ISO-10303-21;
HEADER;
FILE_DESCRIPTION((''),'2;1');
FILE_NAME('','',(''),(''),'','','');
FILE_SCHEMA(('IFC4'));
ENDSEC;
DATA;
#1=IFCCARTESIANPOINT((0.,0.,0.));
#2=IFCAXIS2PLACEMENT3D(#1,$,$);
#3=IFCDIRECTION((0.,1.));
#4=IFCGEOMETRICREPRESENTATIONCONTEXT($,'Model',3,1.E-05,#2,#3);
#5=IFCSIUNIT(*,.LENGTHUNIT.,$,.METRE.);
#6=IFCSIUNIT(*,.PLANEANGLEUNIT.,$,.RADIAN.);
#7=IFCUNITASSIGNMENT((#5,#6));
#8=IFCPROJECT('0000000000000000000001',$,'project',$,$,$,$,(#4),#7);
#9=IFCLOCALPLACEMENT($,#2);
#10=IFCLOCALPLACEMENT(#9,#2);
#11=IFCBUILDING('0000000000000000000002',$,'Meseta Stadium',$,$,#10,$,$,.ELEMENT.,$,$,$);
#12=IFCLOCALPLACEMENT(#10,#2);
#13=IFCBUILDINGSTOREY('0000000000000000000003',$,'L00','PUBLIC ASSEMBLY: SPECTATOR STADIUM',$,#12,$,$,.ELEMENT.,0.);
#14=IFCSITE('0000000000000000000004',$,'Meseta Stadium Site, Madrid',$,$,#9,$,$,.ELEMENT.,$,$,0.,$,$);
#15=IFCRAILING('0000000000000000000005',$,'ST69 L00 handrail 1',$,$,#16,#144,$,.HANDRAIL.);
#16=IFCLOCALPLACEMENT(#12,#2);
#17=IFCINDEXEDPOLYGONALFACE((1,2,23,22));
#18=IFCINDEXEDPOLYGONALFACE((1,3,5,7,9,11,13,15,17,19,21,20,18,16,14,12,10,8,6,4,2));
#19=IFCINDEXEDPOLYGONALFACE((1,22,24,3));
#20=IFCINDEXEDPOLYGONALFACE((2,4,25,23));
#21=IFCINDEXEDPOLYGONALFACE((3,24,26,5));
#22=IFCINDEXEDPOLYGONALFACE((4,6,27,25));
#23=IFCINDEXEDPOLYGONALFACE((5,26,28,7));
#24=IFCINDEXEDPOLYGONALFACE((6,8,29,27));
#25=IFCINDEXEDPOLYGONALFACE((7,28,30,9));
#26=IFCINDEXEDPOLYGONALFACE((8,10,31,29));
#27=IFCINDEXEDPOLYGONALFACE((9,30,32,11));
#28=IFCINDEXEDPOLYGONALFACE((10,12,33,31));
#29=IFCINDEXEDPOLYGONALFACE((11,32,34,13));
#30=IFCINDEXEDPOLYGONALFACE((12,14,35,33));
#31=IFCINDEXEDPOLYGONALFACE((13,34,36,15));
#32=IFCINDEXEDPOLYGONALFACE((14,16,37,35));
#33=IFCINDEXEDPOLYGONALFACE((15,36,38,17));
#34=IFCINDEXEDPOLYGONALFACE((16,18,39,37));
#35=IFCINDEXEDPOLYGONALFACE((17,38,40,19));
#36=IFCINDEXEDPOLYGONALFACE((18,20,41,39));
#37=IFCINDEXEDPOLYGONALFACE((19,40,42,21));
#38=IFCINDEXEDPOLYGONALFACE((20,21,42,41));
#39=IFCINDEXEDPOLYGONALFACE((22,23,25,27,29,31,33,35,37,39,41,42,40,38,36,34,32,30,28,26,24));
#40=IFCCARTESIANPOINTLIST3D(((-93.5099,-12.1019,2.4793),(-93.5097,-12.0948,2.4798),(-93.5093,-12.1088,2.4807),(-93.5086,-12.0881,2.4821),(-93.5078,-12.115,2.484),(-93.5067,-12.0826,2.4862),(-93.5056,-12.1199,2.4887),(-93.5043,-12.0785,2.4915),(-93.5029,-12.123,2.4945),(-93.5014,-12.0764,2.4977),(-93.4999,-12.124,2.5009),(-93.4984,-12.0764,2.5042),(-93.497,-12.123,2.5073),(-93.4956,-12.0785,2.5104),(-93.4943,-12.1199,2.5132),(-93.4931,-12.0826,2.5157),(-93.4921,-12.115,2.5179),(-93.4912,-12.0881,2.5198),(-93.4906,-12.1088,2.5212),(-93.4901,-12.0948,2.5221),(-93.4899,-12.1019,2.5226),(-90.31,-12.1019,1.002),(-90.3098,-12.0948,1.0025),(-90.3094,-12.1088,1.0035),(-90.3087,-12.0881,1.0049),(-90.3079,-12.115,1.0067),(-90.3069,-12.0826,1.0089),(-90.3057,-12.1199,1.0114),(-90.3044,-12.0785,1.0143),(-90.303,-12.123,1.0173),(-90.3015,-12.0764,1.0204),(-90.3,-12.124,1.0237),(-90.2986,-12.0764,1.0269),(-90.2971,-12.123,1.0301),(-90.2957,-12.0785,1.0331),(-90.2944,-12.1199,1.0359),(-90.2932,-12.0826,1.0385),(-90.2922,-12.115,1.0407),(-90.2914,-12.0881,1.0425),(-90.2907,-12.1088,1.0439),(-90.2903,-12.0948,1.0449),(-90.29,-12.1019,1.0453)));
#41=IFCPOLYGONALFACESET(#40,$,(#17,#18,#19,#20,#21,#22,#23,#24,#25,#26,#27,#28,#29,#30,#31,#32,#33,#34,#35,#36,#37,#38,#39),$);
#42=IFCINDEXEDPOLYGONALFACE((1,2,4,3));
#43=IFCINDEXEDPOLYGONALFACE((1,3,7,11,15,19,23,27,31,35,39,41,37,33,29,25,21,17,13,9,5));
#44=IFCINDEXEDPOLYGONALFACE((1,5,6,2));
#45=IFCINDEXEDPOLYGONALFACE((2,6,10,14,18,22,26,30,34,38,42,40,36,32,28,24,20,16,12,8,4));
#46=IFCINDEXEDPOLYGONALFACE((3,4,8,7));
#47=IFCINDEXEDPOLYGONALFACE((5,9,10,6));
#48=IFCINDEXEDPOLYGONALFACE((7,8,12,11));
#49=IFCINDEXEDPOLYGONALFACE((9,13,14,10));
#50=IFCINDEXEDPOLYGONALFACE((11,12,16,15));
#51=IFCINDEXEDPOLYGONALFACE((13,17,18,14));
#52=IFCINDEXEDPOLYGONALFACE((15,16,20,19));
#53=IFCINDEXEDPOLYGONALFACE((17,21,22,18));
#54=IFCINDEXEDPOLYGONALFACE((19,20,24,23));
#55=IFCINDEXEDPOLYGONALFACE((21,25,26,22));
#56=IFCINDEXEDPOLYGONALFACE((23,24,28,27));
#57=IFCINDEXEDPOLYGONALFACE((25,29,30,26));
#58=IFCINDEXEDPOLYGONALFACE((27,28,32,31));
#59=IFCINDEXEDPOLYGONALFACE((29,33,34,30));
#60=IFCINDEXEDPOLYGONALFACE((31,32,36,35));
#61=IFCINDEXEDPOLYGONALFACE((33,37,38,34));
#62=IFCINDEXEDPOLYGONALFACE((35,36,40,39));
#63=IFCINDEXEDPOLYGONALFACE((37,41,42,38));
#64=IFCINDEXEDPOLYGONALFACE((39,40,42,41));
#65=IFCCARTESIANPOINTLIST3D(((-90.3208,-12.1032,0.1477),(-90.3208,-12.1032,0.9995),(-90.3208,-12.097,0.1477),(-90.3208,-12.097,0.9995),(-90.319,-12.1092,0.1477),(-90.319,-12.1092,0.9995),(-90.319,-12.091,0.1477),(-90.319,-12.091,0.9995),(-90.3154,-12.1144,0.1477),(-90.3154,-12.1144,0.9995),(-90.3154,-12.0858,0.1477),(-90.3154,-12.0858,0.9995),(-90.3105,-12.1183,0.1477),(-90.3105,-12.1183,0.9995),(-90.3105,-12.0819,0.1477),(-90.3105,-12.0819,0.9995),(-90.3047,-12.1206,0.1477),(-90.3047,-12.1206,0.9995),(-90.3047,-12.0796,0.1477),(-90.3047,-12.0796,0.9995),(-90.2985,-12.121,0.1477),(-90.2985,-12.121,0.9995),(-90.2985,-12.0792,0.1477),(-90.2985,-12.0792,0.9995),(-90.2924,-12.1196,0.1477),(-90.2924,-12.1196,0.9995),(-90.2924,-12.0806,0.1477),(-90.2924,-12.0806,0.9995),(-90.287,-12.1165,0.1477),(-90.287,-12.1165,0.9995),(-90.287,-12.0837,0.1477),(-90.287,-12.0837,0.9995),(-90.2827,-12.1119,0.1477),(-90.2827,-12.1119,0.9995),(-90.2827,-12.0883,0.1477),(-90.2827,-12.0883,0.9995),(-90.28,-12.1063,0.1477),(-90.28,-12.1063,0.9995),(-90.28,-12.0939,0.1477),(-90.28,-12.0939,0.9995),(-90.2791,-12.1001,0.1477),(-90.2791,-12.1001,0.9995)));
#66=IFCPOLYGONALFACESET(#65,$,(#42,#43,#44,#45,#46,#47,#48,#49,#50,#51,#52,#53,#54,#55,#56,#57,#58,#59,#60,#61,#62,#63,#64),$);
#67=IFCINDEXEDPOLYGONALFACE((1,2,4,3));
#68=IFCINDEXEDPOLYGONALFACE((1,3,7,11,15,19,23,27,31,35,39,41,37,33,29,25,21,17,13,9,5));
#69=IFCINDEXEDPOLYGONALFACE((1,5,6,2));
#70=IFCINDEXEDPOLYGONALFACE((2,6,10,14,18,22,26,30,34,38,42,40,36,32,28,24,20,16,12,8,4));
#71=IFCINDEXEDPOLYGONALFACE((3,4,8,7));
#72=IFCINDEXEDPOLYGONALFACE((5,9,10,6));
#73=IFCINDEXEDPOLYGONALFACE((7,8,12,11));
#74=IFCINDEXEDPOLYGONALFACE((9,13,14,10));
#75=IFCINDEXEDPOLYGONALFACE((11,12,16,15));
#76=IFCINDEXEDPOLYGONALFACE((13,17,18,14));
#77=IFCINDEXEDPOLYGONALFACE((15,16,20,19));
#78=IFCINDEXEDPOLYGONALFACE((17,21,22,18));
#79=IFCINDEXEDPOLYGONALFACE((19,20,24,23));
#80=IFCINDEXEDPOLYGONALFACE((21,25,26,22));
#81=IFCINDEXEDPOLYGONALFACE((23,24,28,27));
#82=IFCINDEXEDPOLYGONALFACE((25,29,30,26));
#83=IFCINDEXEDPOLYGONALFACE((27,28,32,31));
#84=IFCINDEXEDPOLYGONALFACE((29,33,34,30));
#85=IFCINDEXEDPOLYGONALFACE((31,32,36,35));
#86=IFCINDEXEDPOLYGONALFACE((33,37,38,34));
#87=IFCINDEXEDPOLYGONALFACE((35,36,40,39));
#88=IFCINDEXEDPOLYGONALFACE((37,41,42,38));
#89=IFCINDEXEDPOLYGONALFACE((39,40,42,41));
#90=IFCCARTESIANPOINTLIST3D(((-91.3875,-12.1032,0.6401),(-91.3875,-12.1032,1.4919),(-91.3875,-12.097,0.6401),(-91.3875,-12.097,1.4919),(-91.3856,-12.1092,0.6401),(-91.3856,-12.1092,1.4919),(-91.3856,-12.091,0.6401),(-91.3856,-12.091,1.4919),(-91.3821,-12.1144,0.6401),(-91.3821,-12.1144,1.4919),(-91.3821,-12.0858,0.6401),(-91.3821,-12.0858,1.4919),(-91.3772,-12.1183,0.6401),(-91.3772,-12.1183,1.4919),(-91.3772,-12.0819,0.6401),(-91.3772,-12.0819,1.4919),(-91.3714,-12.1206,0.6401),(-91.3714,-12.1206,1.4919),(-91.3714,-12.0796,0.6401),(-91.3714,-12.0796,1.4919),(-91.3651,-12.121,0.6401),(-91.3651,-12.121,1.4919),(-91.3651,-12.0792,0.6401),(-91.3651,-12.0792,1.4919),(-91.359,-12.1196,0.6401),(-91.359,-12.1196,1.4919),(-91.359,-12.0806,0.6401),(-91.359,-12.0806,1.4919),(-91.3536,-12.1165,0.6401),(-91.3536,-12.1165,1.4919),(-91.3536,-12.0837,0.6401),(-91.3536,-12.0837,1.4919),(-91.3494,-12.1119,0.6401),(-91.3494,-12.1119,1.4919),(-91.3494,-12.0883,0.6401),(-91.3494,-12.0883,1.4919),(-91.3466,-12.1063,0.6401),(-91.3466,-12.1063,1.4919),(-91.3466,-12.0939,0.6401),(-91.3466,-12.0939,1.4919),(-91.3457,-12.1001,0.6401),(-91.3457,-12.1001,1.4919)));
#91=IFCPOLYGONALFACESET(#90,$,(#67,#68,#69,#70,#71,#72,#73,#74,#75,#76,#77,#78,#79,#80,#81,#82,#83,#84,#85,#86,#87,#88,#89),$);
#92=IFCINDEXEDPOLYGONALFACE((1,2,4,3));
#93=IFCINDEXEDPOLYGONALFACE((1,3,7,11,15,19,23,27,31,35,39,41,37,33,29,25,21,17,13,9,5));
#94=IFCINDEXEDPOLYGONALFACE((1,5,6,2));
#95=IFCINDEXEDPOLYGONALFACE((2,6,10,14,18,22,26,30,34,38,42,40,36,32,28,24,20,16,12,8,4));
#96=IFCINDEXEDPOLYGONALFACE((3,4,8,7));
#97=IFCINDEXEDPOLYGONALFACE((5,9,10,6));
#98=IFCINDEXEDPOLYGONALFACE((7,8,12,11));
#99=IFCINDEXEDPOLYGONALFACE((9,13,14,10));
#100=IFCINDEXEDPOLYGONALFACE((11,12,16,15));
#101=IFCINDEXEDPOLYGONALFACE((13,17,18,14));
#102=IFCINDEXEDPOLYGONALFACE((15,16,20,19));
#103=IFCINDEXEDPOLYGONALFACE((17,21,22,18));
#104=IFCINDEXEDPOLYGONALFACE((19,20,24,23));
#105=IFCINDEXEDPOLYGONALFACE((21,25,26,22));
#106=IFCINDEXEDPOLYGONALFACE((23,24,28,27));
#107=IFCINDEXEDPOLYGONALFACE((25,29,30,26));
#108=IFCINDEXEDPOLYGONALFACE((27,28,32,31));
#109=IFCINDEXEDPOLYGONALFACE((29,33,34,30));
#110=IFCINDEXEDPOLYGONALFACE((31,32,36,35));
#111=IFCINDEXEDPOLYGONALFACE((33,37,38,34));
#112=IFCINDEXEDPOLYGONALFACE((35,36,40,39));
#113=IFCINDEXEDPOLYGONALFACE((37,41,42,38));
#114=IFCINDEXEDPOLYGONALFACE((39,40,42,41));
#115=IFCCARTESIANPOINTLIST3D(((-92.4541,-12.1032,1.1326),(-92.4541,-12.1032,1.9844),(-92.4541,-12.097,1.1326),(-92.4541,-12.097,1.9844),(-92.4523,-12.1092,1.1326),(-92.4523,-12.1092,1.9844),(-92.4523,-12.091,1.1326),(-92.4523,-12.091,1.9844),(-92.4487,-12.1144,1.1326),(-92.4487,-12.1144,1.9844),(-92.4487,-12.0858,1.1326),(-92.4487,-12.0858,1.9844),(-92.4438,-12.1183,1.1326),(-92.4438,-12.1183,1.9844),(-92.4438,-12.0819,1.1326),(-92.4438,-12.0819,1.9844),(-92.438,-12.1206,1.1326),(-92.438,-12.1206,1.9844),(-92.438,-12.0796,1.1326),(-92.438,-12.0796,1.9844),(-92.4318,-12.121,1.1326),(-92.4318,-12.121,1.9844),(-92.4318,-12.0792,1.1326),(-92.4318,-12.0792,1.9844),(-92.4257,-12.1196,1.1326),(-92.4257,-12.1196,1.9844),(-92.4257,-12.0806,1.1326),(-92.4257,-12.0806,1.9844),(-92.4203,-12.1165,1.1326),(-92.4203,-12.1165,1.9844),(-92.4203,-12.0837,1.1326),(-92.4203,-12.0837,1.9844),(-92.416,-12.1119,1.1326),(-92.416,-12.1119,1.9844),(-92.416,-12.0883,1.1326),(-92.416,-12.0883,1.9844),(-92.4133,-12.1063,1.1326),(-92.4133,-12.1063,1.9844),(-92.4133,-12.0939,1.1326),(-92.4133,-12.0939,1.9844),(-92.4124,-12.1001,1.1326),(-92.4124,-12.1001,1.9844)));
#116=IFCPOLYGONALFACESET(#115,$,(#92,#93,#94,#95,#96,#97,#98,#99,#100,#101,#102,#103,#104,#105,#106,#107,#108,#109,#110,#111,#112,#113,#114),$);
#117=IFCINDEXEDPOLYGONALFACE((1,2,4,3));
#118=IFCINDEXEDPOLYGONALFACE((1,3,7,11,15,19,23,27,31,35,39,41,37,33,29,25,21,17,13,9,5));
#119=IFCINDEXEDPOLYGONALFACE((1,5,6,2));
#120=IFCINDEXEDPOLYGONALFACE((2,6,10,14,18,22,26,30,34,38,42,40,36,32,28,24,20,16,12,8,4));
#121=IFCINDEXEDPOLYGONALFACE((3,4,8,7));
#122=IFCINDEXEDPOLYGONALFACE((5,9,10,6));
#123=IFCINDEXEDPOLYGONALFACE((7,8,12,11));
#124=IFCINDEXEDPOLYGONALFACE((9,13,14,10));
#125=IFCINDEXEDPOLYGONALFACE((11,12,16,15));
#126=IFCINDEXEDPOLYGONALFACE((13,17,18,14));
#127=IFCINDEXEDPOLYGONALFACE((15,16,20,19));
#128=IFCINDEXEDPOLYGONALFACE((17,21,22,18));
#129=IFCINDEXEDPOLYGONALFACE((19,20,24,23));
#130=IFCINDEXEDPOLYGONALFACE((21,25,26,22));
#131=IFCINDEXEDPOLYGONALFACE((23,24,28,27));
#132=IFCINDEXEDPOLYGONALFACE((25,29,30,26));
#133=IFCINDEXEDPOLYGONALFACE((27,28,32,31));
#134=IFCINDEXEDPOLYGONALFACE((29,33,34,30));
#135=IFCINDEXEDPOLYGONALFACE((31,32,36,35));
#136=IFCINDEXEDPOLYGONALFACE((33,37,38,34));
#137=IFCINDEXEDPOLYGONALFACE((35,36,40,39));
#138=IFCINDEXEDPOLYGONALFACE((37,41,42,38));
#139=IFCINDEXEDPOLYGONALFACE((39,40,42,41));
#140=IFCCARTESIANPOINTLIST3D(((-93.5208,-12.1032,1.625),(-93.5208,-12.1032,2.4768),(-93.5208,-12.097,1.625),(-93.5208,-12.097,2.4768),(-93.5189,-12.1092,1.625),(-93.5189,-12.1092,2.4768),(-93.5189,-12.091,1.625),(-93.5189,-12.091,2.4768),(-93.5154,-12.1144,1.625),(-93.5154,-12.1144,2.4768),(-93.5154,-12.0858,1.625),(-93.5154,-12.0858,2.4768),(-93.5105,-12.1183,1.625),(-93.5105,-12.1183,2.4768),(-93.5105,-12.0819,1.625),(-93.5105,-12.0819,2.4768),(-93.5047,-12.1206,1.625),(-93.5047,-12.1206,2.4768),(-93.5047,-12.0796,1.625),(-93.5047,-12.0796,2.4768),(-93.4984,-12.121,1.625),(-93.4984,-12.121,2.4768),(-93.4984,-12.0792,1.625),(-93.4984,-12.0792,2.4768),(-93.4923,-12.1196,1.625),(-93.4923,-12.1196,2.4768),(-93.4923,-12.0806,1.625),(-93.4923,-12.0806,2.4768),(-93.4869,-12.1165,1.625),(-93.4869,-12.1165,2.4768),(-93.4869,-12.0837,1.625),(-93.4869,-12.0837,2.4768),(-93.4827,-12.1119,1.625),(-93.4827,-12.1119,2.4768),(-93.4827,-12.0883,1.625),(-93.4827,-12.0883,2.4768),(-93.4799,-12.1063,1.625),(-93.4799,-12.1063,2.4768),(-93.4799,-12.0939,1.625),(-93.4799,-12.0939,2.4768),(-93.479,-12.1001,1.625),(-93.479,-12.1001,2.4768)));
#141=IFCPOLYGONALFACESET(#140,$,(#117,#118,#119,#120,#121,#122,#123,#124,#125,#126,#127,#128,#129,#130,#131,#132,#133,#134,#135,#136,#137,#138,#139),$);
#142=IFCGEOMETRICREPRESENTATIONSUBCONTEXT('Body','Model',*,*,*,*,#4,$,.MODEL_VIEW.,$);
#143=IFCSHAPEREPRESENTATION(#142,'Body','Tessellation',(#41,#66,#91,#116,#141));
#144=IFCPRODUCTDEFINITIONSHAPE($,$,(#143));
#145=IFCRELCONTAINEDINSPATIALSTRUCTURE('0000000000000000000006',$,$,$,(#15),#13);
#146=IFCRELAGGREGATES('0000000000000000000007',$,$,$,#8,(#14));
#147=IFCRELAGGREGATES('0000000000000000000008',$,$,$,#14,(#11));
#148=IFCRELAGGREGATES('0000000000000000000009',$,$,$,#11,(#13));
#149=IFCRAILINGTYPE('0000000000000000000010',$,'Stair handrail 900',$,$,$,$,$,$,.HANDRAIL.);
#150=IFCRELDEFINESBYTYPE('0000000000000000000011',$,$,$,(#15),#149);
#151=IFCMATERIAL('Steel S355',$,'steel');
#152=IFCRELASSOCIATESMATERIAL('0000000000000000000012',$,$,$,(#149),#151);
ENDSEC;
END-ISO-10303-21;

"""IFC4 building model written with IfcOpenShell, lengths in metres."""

from ifc_helpers import new_model, si_unit, direction, frame, origin, origin_2d, place, context, subcontext, project, spatial, circle, extrude, material, type_object, element, save


model = new_model("IFC4")

# Units and contexts
model_context = context("Model", 3, precision=1e-05, world=origin(), true_north=direction((0.0, 1.0)))
body_context = subcontext(model_context, "Body", "Model", "MODEL_VIEW")
ifc_project = project(units=[si_unit("LENGTHUNIT", "METRE"), si_unit("PLANEANGLEUNIT", "RADIAN")], contexts=[model_context])

# Site, building, storey
site_placement = place(None, origin())
site = spatial("IfcSite", under=ifc_project, at=site_placement, Name="Meseta Stadium Site, Madrid", CompositionType="ELEMENT", RefElevation=0.0)
building_placement = place(site_placement, origin())
building = spatial("IfcBuilding", under=site, at=building_placement, Name="Meseta Stadium", CompositionType="ELEMENT")
storey_placement = place(building_placement, origin())
storey = spatial("IfcBuildingStorey", under=building, at=storey_placement, Name="L00", Description="PUBLIC ASSEMBLY: SPECTATOR STADIUM", CompositionType="ELEMENT", Elevation=0.0)

# Railing
ifc_material_1 = material(Name="Steel S355", Category="steel")
railing_type_1 = type_object("IfcRailingType", Name="Stair handrail 900", PredefinedType="HANDRAIL", material=ifc_material_1)
for number, where, name in (
    (1, (-90.3, -12.1001, 0.1477), "ST69 L00 handrail 1"),
):
    element("IfcRailing", number, at=place(storey_placement, frame(where)), inside=storey, type_object=railing_type_1, Name=name, PredefinedType="HANDRAIL", context=body_context, shape_type="SweptSolid", body=[
        extrude(circle(Radius=0.0239, at=origin_2d()), frame((0.0, 0.0, 0.876), z_axis=(-0.907917, 0.0, 0.41915), x_axis=(0.0, -1.0, 0.0)), (0.0, 0.0, 1.0), 3.5244),
        extrude(circle(Radius=0.021, at=origin_2d()), origin(), (0.0, 0.0, 1.0), 0.8518),
        extrude(circle(Radius=0.021, at=origin_2d()), frame((-1.0667, 0.0, 0.4924)), (0.0, 0.0, 1.0), 0.8518),
        extrude(circle(Radius=0.021, at=origin_2d()), frame((-2.1333, 0.0, 0.9849)), (0.0, 0.0, 1.0), 0.8518),
        extrude(circle(Radius=0.021, at=origin_2d()), frame((-3.2, 0.0, 1.4773)), (0.0, 0.0, 1.0), 0.8518),
    ])

save(model, "model.ifc")
